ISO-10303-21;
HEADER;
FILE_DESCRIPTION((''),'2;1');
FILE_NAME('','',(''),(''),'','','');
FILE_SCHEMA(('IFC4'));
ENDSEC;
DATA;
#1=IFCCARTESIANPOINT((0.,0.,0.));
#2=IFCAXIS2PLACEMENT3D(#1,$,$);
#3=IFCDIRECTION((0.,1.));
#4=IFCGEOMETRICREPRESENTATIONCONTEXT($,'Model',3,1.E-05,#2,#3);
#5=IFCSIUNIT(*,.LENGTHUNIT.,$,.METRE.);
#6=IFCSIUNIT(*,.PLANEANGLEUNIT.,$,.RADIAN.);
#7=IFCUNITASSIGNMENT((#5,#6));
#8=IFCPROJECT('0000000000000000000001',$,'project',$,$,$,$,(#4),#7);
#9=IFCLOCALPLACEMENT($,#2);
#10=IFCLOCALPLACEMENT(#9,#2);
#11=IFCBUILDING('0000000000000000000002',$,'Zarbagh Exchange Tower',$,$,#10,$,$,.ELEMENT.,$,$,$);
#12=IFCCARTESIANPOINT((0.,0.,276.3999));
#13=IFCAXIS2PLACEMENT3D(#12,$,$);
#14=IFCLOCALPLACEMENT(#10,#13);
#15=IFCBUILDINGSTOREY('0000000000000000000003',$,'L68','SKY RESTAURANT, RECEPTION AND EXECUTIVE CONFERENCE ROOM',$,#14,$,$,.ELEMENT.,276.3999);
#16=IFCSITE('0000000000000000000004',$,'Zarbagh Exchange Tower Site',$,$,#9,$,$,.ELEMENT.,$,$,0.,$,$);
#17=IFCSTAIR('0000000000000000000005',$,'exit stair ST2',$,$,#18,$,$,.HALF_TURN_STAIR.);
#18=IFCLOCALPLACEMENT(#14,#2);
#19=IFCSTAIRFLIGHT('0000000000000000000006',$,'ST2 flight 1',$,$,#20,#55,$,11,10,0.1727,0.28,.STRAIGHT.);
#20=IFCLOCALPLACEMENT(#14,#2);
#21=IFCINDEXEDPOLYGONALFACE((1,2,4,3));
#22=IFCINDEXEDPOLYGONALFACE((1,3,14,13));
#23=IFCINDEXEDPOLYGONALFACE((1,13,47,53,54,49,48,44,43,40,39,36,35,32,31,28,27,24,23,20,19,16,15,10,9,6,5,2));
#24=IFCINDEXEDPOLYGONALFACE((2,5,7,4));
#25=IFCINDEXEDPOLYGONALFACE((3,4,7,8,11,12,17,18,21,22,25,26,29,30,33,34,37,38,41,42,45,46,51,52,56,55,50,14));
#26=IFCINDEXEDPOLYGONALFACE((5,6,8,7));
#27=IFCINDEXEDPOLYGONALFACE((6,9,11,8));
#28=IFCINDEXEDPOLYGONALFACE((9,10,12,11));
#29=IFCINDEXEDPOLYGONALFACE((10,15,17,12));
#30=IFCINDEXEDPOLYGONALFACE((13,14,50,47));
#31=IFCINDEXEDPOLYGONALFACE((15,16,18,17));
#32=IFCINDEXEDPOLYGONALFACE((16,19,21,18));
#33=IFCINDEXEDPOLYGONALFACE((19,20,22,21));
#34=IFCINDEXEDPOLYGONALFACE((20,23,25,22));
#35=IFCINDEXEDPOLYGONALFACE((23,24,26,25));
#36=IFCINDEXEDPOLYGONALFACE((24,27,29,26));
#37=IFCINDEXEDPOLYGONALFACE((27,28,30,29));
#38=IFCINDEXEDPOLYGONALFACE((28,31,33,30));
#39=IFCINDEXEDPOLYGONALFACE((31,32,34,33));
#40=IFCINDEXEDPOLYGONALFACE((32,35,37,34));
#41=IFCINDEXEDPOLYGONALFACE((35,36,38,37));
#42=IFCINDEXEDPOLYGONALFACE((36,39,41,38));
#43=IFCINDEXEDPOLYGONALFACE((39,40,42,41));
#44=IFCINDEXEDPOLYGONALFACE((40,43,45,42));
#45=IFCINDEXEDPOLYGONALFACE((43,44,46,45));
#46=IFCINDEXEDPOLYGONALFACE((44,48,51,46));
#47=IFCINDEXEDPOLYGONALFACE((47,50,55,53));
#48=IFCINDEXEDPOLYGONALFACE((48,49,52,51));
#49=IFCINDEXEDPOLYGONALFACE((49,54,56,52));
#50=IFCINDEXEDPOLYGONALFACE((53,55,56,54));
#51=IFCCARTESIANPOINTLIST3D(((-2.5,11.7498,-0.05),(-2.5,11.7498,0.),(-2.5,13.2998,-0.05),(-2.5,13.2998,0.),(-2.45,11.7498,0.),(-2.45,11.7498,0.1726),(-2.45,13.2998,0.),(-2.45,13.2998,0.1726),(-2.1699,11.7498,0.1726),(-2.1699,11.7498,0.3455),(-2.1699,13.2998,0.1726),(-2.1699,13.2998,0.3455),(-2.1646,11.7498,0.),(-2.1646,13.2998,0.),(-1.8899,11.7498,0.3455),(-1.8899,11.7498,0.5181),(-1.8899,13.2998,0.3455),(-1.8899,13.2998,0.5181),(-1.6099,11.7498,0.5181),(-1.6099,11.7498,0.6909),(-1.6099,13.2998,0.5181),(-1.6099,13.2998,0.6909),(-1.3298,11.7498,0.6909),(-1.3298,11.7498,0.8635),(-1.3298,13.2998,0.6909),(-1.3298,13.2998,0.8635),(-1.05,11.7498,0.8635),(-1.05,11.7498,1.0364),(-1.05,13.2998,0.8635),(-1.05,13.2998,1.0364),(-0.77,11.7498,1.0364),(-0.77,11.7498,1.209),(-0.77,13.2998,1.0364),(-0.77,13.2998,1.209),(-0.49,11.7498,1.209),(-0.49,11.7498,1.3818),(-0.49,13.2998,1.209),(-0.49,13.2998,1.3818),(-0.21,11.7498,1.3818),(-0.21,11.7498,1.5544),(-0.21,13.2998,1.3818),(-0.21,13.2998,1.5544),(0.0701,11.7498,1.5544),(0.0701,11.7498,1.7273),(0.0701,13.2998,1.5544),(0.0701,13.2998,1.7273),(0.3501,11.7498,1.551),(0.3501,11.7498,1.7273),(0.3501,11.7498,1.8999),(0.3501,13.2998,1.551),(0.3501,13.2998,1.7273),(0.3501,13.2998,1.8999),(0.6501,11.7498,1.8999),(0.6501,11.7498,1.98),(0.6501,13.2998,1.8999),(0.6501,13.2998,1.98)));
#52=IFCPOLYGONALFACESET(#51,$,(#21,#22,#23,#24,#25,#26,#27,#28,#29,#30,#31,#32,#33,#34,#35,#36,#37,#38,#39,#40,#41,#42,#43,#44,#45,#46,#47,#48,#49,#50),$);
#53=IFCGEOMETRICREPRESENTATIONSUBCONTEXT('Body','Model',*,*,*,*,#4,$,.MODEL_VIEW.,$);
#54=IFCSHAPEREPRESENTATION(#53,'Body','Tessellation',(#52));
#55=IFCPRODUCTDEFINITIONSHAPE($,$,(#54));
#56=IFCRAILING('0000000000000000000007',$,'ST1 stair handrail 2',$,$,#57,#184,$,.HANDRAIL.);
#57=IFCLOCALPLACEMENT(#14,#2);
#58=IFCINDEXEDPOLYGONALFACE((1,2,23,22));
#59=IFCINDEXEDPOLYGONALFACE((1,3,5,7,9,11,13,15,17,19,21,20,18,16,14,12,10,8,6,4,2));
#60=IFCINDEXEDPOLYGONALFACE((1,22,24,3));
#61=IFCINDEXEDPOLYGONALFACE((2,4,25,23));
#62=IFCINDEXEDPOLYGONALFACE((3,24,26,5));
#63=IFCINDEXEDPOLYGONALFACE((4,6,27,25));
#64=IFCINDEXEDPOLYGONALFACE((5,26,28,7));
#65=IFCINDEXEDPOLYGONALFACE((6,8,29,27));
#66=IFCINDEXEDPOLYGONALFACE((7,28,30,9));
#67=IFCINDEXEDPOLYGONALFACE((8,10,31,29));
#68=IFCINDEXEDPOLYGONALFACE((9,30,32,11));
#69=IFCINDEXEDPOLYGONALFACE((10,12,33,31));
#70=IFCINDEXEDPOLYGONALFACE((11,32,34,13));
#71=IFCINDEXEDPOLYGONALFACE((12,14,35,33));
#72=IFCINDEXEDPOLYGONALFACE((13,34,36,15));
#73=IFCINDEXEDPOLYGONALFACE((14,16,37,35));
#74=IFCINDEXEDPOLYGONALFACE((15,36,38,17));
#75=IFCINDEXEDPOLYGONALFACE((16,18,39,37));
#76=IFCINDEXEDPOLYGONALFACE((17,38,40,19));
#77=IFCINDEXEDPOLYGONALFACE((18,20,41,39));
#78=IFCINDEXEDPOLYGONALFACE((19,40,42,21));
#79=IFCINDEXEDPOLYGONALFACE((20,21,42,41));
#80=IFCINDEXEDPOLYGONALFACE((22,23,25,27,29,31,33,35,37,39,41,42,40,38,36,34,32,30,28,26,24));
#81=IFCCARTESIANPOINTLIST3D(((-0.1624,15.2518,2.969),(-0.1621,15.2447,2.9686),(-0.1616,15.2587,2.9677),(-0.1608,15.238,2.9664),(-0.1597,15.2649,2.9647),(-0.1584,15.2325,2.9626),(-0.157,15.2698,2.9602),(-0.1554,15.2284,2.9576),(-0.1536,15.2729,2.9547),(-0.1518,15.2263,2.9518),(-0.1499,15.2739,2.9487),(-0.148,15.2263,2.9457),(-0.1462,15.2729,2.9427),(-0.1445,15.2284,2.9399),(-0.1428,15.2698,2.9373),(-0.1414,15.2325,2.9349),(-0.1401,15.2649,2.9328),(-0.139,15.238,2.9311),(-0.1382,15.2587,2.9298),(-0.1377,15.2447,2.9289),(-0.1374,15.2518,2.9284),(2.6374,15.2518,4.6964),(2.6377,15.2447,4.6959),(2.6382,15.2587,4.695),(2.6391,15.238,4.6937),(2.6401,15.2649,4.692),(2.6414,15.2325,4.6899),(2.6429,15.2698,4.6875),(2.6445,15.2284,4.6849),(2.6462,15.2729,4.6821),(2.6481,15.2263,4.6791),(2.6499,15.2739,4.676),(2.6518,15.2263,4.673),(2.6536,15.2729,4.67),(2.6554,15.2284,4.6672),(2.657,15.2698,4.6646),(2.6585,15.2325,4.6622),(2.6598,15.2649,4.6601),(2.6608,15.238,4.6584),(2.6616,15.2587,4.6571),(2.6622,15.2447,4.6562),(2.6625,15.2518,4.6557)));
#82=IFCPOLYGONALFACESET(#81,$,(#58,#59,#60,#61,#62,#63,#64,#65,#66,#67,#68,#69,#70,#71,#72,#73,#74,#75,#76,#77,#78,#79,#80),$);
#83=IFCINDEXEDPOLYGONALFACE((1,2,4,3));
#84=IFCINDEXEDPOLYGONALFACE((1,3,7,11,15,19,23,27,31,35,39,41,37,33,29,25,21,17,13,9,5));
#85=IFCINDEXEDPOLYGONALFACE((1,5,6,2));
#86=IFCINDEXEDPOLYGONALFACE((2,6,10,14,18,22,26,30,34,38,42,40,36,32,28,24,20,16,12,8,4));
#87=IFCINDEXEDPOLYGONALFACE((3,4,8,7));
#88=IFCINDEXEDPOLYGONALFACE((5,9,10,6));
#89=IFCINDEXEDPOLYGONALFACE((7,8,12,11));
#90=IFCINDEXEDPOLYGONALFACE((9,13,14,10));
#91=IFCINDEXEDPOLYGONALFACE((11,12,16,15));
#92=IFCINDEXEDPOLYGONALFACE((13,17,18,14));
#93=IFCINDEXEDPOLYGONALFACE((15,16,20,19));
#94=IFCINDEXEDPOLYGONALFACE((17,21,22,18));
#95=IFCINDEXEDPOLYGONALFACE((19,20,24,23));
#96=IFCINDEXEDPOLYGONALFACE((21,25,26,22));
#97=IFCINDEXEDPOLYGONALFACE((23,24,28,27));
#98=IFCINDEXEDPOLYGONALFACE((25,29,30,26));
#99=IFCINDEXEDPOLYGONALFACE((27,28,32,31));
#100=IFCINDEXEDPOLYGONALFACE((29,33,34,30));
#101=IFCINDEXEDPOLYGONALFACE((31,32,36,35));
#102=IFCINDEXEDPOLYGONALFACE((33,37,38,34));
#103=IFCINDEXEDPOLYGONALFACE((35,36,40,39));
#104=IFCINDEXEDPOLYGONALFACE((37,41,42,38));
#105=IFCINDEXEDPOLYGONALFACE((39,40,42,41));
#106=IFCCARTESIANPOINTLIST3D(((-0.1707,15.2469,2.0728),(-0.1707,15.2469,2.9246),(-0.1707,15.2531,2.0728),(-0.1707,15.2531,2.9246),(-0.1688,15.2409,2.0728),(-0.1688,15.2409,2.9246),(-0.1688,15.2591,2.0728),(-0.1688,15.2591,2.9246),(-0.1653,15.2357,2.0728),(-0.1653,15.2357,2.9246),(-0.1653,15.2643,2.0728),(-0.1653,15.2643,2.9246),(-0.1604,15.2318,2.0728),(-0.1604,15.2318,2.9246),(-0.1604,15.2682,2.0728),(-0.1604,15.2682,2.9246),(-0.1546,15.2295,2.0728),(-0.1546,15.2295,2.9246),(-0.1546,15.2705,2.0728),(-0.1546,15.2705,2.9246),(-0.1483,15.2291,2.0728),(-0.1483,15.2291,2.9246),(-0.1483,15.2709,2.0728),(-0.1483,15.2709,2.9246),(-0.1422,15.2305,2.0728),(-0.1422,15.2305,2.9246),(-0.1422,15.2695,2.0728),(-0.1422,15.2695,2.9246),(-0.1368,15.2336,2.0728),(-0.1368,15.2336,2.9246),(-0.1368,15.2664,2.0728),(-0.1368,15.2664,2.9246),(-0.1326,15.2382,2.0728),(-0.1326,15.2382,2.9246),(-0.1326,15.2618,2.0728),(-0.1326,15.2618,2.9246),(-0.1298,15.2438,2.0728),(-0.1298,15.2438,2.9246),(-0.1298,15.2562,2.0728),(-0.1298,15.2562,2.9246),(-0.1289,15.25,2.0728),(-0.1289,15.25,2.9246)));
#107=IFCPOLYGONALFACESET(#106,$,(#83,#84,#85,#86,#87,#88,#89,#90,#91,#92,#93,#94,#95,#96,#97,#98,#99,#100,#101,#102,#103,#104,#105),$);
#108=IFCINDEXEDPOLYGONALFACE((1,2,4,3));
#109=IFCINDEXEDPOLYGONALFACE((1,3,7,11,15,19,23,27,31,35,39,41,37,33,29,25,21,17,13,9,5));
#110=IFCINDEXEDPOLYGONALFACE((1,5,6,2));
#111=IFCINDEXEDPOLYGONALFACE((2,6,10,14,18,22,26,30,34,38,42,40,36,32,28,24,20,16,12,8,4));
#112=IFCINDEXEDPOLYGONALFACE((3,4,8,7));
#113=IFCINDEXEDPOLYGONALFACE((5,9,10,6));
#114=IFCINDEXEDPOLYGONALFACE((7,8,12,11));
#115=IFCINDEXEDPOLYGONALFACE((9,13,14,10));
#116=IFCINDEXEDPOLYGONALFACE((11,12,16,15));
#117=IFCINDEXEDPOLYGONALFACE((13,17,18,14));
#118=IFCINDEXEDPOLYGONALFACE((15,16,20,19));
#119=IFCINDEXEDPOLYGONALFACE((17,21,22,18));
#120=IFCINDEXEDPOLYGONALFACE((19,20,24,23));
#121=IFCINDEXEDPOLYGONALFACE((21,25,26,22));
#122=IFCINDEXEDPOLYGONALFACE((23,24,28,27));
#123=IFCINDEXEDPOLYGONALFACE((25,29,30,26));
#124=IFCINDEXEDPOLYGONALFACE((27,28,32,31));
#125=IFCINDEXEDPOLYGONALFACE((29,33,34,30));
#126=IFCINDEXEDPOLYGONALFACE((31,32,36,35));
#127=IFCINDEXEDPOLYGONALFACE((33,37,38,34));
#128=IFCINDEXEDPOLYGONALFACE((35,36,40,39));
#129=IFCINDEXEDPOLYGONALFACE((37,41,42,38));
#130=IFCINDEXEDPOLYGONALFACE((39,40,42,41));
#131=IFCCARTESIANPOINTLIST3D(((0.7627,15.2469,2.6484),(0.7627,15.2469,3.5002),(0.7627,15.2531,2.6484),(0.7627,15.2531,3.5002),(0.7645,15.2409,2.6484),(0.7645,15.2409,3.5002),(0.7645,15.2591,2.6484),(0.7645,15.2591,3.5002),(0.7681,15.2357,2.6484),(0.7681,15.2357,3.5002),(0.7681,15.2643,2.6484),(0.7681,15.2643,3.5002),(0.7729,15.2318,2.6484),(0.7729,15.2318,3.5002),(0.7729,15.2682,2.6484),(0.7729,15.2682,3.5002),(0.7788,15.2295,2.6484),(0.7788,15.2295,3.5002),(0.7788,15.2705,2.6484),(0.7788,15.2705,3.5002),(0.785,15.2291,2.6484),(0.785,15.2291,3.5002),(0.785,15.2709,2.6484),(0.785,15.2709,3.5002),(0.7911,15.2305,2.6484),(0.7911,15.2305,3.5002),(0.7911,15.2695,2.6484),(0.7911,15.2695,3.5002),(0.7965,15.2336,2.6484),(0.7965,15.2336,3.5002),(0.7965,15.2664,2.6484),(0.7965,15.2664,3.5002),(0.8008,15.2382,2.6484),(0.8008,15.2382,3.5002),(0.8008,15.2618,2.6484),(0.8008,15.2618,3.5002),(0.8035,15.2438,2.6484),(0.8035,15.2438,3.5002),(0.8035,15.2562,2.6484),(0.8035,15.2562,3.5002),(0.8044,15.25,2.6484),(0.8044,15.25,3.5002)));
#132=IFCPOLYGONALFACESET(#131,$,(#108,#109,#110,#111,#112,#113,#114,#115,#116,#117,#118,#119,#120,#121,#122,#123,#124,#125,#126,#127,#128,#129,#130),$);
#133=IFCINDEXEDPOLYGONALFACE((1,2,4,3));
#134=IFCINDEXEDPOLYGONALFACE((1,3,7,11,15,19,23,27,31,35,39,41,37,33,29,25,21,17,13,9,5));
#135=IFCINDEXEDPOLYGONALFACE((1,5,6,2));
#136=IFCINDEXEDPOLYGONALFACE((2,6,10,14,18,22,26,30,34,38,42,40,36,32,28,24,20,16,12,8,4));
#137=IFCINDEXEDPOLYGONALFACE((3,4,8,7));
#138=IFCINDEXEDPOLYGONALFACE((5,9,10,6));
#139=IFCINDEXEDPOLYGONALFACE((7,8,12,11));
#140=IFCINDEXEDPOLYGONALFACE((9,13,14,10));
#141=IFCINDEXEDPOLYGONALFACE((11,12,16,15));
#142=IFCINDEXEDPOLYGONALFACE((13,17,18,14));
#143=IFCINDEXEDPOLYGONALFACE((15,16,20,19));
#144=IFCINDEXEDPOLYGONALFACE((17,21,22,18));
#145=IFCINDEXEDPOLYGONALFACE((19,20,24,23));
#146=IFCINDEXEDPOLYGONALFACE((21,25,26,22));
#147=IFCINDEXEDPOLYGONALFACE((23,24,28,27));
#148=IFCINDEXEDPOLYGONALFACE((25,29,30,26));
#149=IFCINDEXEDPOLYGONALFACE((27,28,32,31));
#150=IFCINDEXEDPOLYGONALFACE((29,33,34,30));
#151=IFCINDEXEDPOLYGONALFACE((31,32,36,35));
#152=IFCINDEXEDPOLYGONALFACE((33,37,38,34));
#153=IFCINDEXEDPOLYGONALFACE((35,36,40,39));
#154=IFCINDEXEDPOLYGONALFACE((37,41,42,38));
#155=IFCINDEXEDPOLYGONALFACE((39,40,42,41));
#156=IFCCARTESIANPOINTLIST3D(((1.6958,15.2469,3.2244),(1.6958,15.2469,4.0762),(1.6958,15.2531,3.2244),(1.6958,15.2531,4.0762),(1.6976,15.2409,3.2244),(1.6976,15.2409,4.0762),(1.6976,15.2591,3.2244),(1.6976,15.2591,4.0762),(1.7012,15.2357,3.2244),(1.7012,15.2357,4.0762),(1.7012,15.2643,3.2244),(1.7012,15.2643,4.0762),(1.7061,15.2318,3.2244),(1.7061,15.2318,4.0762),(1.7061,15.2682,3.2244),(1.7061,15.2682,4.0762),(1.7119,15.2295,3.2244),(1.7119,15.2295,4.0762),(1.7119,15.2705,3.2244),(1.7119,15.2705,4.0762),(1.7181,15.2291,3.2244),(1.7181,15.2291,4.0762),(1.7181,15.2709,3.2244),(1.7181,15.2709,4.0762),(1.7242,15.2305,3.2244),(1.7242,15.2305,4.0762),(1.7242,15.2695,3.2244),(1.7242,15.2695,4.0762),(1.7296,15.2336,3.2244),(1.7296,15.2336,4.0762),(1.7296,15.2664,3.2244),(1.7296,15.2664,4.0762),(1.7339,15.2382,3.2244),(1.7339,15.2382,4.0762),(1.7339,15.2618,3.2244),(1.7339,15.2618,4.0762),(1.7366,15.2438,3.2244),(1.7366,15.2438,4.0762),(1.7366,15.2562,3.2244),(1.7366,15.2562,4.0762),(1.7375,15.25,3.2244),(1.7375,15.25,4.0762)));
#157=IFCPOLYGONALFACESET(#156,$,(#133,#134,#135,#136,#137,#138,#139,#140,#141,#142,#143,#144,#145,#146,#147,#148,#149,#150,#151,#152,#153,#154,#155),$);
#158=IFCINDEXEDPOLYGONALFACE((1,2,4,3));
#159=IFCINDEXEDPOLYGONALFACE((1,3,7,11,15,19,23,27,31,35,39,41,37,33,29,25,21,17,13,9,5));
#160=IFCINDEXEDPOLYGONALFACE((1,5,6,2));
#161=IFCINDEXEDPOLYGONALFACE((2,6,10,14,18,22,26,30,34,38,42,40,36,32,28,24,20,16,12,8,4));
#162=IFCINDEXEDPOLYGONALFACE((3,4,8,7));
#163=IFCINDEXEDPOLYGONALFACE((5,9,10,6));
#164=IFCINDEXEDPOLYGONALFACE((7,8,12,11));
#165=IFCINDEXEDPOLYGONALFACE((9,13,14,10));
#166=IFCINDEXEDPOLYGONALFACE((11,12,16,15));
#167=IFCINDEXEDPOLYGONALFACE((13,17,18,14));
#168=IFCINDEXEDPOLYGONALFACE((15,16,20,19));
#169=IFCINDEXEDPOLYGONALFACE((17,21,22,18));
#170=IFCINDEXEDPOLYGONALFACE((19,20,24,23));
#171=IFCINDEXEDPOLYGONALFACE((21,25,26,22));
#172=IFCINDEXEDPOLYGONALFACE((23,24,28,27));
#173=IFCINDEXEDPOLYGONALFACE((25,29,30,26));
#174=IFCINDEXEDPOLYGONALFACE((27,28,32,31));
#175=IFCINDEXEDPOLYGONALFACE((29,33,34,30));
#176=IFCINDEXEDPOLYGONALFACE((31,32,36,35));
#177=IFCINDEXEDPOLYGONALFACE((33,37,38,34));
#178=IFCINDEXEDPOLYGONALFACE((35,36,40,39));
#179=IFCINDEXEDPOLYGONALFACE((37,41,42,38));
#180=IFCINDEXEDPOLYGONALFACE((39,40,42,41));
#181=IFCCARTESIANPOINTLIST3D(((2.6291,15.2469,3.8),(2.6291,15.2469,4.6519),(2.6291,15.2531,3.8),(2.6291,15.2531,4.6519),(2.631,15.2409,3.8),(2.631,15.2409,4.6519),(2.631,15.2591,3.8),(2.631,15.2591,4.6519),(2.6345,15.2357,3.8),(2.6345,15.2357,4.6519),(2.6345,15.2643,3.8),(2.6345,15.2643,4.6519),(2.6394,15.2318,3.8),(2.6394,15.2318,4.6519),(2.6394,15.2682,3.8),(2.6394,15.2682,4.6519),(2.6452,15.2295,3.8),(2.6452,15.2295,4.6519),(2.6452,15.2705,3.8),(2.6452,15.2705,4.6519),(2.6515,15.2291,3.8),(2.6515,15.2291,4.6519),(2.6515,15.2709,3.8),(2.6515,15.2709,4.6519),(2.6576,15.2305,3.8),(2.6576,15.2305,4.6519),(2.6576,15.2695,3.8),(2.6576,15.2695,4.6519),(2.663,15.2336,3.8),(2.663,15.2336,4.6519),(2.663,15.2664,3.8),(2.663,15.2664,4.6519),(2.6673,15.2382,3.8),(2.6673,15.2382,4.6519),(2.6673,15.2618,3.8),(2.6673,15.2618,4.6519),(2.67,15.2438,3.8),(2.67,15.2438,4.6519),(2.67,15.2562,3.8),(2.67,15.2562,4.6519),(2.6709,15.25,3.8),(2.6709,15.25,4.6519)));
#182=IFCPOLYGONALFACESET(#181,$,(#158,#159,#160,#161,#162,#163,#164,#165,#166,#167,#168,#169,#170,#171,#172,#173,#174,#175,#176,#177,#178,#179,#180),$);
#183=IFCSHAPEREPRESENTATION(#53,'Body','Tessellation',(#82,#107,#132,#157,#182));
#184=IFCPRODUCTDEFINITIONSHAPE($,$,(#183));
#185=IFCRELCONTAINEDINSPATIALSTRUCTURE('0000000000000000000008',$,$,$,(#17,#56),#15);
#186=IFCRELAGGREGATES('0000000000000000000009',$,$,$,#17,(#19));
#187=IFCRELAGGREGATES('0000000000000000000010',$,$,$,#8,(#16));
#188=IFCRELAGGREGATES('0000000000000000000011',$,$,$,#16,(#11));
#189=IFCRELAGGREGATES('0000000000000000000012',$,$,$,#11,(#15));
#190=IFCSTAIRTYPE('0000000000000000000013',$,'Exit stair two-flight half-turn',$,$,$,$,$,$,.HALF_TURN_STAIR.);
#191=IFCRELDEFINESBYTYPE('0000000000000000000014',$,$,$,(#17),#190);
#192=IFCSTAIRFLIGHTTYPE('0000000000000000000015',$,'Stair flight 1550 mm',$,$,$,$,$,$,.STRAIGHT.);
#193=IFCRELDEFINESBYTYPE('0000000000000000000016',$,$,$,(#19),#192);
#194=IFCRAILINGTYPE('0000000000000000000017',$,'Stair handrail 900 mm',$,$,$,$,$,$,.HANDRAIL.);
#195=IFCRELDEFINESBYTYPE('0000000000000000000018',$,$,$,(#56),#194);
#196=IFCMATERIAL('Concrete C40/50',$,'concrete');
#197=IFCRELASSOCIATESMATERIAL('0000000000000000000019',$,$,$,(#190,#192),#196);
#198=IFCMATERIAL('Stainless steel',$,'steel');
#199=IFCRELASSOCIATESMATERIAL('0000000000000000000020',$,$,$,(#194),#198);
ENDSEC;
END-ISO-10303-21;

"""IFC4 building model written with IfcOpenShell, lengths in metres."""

from ifc_helpers import new_model, si_unit, direction, frame, origin, origin_2d, place, context, subcontext, project, spatial, polyline, circle, outline, extrude, material, type_object, element, aggregate, save


model = new_model("IFC4")

# Units and contexts
model_context = context("Model", 3, precision=1e-05, world=origin(), true_north=direction((0.0, 1.0)))
body_context = subcontext(model_context, "Body", "Model", "MODEL_VIEW")
ifc_project = project(units=[si_unit("LENGTHUNIT", "METRE"), si_unit("PLANEANGLEUNIT", "RADIAN")], contexts=[model_context])

# Site, building, storey
site_placement = place(None, origin())
site = spatial("IfcSite", under=ifc_project, at=site_placement, Name="Zarbagh Exchange Tower Site", CompositionType="ELEMENT", RefElevation=0.0)
building_placement = place(site_placement, origin())
building = spatial("IfcBuilding", under=site, at=building_placement, Name="Zarbagh Exchange Tower", CompositionType="ELEMENT")
storey_placement = place(building_placement, frame((0.0, 0.0, 276.3999)))
storey = spatial("IfcBuildingStorey", under=building, at=storey_placement, Name="L68", Description="SKY RESTAURANT, RECEPTION AND EXECUTIVE CONFERENCE ROOM", CompositionType="ELEMENT", Elevation=276.3999)

# Shared definitions
ifc_material_1 = material(Name="Concrete C40/50", Category="concrete")

# Stair, stair flight
stair_type = type_object("IfcStairType", Name="Exit stair two-flight half-turn", PredefinedType="HALF_TURN_STAIR", material=ifc_material_1)
stair_placement = place(storey_placement, origin())
stair = element("IfcStair", 1, at=stair_placement, inside=storey, type_object=stair_type, Name="exit stair ST2", PredefinedType="HALF_TURN_STAIR")
stair_flight_type = type_object("IfcStairFlightType", Name="Stair flight 1550 mm", PredefinedType="STRAIGHT", material=ifc_material_1)
stair_flight_placement = place(storey_placement, frame((-2.45, 12.5249, 0.0), z_axis=(0.0, 0.0, 1.0), x_axis=(1.0, 0.0, 0.0)))
stair_flight = element("IfcStairFlight", 2, at=stair_flight_placement, type_object=stair_flight_type, Name="ST2 flight 1", NumberOfRisers=11, NumberOfTreads=10, PredefinedType="STRAIGHT", RiserHeight=0.1727, TreadLength=0.28, context=body_context, shape_type="SweptSolid", body=[
    extrude(outline(polyline([(-0.05, -0.05), (-0.05, 0.0), (0.0, 0.0), (0.0, 0.1726), (0.28, 0.1726), (0.28, 0.3455), (0.5601, 0.3455), (0.5601, 0.5181), (0.8401, 0.5181), (0.8401, 0.6909), (1.1201, 0.6909), (1.1201, 0.8635), (1.3999, 0.8635), (1.3999, 1.0364), (1.6799, 1.0364), (1.6799, 1.209), (1.96, 1.209), (1.96, 1.3818), (2.24, 1.3818), (2.24, 1.5544), (2.52, 1.5544), (2.52, 1.7273), (2.8, 1.7273), (2.8, 1.8999), (3.1001, 1.98), (3.1001, 1.8999), (2.8, 1.551), (0.2854, 0.0), (-0.05, -0.05)])), frame((0.0, 0.7749, 0.0), z_axis=(0.0, -1.0, 0.0), x_axis=(1.0, 0.0, 0.0)), (0.0, 0.0, 1.0), 1.55),
])
aggregate(stair, [stair_flight])

# Railing
ifc_material_2 = material(Name="Stainless steel", Category="steel")
railing_type = type_object("IfcRailingType", Name="Stair handrail 900 mm", PredefinedType="HANDRAIL", material=ifc_material_2)
railing_1_placement = place(storey_placement, frame((-0.1499, 15.25, 2.0728)))
element("IfcRailing", 3, at=railing_1_placement, inside=storey, type_object=railing_type, Name="ST1 stair handrail 2", PredefinedType="HANDRAIL", context=body_context, shape_type="SweptSolid", body=[
    extrude(circle(Radius=0.0239, at=origin_2d()), frame((0.0, 0.0, 0.876), z_axis=(0.851069, 0.0, 0.525054), x_axis=(0.0, 1.0, 0.0)), (0.0, 0.0, 1.0), 3.2898),
    extrude(circle(Radius=0.021, at=origin_2d()), origin(), (0.0, 0.0, 1.0), 0.8518),
    extrude(circle(Radius=0.021, at=origin_2d()), frame((0.9333, 0.0, 0.5757)), (0.0, 0.0, 1.0), 0.8518),
    extrude(circle(Radius=0.021, at=origin_2d()), frame((1.8665, 0.0, 1.1516)), (0.0, 0.0, 1.0), 0.8518),
    extrude(circle(Radius=0.021, at=origin_2d()), frame((2.7998, 0.0, 1.7273)), (0.0, 0.0, 1.0), 0.8518),
])

save(model, "model.ifc")
